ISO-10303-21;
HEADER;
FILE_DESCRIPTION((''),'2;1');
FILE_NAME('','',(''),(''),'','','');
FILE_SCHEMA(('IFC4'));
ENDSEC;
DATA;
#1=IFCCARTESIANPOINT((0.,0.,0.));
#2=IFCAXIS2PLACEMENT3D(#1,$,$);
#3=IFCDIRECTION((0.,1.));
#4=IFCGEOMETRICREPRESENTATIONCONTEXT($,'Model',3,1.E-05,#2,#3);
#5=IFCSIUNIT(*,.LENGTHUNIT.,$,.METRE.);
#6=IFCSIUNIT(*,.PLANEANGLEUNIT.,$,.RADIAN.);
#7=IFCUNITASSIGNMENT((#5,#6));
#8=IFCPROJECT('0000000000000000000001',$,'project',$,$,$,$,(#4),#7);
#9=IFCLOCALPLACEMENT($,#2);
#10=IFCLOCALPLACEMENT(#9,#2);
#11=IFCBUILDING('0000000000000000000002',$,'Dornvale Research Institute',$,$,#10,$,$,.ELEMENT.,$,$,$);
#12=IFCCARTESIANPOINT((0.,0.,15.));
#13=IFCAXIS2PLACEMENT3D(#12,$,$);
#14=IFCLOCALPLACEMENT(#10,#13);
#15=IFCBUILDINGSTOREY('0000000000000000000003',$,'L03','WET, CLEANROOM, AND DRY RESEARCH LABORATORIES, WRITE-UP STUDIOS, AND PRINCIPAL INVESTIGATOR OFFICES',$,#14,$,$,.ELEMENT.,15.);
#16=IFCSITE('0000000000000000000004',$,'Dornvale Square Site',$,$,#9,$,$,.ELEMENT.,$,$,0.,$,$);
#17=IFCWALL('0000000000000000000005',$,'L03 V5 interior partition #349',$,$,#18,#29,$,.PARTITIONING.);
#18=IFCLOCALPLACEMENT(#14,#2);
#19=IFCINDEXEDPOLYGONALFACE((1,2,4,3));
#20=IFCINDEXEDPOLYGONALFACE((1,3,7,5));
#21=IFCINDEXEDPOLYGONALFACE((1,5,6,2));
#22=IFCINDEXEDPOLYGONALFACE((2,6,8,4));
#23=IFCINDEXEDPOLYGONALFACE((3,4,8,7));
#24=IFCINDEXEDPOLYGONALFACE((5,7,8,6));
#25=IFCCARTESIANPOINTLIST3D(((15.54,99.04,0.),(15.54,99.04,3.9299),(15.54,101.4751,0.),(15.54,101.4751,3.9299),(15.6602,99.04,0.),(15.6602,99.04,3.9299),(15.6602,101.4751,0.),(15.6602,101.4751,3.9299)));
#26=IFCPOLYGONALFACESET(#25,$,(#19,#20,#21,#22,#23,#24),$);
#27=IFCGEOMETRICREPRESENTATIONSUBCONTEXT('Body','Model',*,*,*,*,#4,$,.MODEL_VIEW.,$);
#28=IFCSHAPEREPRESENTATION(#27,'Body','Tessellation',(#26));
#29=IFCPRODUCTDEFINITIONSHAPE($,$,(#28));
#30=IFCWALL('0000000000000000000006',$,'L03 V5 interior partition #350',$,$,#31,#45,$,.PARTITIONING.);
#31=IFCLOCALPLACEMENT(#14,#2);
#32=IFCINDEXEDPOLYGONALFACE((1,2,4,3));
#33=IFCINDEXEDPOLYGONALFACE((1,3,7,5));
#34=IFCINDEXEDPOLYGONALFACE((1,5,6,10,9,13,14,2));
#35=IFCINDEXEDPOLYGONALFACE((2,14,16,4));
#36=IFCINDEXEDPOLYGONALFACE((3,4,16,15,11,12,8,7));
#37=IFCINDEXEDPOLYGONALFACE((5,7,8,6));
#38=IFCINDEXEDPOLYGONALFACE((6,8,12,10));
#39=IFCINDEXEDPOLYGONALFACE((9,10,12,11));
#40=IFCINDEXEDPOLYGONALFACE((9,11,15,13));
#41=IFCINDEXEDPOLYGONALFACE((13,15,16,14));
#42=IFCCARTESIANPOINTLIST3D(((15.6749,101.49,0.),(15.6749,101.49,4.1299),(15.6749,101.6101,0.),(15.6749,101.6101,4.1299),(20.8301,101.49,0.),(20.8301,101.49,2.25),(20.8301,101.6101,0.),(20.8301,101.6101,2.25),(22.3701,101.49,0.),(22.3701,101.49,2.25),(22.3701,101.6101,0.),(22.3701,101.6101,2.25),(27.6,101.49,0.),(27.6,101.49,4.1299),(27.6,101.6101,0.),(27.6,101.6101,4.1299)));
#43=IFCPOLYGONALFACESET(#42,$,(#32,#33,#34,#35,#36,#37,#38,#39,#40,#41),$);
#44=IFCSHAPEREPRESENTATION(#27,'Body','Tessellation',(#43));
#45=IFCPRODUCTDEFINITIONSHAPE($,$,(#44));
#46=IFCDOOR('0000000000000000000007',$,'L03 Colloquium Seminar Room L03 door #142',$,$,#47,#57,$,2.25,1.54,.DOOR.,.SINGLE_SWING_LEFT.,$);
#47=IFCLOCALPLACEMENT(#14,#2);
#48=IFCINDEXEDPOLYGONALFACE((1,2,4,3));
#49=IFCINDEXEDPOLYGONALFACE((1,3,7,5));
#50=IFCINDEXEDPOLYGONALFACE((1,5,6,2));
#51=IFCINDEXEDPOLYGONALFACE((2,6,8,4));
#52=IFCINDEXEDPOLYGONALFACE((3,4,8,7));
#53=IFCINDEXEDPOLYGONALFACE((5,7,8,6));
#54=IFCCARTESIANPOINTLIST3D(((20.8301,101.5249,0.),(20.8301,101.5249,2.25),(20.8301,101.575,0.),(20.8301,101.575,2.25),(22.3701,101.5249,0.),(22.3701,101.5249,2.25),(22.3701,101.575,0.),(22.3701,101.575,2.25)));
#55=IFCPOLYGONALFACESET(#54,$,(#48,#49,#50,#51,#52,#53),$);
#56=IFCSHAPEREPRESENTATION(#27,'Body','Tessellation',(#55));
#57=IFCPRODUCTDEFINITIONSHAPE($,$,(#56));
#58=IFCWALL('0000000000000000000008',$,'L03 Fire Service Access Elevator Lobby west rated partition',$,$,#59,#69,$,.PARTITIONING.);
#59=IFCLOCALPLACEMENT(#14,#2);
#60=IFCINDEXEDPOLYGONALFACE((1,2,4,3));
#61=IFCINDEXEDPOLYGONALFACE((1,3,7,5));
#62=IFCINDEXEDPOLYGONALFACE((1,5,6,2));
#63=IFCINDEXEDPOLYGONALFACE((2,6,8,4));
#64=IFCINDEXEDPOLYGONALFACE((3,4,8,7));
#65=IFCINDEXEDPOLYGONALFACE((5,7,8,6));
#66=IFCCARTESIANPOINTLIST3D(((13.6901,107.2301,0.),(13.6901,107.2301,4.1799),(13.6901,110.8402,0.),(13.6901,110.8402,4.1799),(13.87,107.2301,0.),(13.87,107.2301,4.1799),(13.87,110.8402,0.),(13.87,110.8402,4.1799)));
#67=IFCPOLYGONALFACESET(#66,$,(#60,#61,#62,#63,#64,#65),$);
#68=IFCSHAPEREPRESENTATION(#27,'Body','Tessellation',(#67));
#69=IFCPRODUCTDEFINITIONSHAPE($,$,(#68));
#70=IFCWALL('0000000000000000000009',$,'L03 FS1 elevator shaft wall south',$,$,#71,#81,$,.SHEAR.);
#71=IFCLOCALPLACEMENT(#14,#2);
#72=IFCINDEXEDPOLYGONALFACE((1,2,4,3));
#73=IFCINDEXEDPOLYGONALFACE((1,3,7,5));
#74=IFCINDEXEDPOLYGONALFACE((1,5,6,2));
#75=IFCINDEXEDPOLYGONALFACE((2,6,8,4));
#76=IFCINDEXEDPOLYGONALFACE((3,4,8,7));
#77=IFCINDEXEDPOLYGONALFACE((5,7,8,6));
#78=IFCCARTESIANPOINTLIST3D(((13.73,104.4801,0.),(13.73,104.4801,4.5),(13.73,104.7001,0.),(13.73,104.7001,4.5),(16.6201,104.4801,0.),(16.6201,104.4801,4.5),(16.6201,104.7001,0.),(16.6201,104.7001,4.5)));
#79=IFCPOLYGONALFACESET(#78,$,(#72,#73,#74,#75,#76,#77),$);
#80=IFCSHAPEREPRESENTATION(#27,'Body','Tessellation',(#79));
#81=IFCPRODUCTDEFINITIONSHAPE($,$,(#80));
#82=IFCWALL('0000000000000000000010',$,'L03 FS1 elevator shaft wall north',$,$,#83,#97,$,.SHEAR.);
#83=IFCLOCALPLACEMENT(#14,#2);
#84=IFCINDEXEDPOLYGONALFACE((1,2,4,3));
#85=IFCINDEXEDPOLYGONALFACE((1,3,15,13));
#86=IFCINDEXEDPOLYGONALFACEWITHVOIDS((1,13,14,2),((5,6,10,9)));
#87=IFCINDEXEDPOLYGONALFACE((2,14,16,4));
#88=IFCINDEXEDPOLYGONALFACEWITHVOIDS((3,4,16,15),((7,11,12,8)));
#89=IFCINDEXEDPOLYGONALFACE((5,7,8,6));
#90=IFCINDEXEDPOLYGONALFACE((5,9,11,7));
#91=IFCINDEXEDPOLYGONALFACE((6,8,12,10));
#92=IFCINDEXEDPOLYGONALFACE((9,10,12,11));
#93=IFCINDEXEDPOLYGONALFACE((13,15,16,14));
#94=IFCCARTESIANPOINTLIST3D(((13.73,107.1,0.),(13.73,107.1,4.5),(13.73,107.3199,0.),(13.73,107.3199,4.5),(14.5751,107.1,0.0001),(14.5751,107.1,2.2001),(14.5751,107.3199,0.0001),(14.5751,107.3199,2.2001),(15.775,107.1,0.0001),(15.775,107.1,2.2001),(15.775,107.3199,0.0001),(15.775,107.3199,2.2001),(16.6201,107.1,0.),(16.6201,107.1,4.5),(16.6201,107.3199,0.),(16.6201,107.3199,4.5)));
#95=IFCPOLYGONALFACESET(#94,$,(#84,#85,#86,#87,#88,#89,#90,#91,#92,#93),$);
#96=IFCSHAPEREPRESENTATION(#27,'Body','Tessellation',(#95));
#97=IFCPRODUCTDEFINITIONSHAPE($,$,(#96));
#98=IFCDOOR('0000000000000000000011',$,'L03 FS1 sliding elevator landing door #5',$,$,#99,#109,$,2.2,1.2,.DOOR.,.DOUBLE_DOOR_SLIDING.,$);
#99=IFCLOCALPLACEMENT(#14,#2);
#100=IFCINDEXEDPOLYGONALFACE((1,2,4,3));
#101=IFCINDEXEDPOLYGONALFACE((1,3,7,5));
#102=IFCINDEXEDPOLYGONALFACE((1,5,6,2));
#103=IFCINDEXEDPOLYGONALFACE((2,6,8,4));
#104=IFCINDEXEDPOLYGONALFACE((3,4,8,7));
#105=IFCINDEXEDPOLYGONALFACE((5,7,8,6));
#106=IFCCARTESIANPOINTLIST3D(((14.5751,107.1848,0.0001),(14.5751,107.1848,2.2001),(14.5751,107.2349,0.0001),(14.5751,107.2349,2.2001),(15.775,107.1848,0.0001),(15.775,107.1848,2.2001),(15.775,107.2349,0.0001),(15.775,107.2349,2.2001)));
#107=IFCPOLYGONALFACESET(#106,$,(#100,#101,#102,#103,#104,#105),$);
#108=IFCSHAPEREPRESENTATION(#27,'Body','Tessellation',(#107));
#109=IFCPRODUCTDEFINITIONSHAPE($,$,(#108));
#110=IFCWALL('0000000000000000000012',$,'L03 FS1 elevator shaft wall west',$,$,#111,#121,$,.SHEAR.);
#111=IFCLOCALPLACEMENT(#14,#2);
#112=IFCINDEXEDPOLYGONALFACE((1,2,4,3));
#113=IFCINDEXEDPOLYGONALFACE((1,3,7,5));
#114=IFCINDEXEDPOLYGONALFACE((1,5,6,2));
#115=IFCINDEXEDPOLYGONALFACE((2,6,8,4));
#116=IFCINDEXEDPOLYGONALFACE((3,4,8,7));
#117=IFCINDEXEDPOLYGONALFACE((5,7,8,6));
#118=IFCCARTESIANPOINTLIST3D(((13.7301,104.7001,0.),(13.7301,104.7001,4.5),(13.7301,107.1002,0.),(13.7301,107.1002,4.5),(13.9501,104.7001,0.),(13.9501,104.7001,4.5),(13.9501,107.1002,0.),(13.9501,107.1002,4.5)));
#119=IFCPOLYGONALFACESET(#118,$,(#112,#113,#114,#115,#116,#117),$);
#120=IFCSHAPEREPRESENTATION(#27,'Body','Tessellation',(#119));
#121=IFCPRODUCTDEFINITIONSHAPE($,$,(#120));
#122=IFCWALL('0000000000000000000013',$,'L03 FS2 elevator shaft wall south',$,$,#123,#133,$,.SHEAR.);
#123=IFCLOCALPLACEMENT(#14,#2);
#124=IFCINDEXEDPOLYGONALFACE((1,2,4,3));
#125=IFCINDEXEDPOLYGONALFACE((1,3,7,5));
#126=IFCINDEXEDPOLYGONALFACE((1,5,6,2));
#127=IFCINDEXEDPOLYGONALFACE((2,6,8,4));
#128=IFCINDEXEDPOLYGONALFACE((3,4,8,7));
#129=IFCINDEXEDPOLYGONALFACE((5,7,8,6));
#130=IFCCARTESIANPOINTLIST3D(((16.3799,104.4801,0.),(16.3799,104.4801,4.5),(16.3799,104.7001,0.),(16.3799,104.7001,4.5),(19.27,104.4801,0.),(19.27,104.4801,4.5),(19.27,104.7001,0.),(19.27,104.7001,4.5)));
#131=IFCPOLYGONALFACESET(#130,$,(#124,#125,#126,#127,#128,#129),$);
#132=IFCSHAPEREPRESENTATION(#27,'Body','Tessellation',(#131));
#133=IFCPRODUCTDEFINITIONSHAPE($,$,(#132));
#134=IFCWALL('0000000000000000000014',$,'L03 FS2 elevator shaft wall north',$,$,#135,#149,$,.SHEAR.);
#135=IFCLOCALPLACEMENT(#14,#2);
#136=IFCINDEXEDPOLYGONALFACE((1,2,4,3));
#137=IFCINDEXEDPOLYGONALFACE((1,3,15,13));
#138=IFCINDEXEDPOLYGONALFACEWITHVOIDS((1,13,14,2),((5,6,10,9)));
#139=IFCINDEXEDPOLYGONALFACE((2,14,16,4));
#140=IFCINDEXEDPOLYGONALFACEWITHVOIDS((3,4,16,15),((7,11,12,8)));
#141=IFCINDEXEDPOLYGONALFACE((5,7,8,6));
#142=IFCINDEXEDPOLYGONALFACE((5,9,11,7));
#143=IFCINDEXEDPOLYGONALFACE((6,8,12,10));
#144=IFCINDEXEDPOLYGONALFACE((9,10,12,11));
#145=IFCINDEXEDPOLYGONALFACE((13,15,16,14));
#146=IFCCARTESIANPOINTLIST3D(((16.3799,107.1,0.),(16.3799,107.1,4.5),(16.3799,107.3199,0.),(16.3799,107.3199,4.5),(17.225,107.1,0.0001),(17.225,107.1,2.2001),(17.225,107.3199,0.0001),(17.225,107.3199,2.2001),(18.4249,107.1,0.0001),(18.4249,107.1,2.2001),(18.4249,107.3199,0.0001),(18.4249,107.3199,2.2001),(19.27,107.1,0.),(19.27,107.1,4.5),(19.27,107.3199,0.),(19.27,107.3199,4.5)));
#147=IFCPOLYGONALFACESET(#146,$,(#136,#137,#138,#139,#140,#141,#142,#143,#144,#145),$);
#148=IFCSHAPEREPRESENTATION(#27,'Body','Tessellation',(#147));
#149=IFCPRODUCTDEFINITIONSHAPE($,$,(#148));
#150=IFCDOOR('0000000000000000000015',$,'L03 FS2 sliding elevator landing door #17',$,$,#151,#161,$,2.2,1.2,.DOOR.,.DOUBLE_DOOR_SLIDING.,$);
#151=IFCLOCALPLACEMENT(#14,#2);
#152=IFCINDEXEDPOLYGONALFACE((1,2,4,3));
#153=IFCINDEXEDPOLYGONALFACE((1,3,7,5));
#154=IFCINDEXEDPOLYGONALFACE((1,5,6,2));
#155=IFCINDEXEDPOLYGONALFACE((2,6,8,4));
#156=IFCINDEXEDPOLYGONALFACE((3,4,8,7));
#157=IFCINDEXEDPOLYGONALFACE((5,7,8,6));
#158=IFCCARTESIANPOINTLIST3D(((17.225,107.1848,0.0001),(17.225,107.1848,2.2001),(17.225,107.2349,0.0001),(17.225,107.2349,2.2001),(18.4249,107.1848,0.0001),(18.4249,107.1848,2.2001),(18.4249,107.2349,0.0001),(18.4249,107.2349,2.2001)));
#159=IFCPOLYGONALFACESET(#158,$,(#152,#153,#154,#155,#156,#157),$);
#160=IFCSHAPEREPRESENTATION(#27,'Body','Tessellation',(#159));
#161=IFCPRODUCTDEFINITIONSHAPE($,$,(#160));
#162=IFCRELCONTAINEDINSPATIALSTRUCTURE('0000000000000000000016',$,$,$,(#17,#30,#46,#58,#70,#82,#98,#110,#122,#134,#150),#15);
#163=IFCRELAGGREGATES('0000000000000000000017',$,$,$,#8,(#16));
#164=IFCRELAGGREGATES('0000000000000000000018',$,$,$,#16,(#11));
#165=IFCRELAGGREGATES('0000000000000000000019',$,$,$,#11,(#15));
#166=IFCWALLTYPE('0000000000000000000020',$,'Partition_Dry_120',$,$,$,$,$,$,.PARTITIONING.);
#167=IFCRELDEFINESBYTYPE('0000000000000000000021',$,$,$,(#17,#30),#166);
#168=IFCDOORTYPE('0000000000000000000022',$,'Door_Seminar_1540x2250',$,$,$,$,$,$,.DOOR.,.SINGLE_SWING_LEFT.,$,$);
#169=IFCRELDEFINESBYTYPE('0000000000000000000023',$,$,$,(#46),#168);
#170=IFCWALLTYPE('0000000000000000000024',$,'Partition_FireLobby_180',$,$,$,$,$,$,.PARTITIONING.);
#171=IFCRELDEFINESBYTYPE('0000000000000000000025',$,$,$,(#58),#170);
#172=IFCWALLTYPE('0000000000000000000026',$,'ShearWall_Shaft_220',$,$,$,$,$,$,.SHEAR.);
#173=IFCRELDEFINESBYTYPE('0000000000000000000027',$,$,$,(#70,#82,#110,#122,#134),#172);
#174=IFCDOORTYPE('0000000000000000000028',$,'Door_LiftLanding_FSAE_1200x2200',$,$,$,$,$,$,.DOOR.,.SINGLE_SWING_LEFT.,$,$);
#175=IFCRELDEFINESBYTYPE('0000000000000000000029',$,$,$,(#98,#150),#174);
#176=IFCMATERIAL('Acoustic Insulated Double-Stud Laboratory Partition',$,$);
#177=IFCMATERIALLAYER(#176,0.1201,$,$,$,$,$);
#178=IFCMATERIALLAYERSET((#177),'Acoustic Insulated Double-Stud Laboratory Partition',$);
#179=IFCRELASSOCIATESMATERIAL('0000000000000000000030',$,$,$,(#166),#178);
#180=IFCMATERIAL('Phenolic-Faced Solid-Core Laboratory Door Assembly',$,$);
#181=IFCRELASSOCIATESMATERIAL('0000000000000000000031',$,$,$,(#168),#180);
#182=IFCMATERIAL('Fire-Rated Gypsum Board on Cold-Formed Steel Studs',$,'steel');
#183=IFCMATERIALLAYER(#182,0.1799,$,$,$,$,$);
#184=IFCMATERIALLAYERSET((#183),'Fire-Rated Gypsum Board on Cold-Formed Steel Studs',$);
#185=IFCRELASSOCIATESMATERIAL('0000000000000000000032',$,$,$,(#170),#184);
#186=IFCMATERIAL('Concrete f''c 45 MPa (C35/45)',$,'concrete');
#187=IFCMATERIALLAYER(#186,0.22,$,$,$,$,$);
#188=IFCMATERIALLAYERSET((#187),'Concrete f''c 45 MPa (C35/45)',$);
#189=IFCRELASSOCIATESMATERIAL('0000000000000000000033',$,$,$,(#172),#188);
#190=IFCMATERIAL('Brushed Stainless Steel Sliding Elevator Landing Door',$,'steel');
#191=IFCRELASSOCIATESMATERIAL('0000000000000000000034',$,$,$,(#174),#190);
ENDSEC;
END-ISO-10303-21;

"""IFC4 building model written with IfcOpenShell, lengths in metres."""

from ifc_helpers import new_model, si_unit, direction, frame, frame_2d, origin, place, context, subcontext, project, spatial, rectangle, extrude, material, layer, layer_set, type_object, element, fill, save


model = new_model("IFC4")

# Units and contexts
model_context = context("Model", 3, precision=1e-05, world=origin(), true_north=direction((0.0, 1.0)))
body_context = subcontext(model_context, "Body", "Model", "MODEL_VIEW")
ifc_project = project(units=[si_unit("LENGTHUNIT", "METRE"), si_unit("PLANEANGLEUNIT", "RADIAN")], contexts=[model_context])

# Site, building, storey
site_placement = place(None, origin())
site = spatial("IfcSite", under=ifc_project, at=site_placement, Name="Dornvale Square Site", CompositionType="ELEMENT", RefElevation=0.0)
building_placement = place(site_placement, origin())
building = spatial("IfcBuilding", under=site, at=building_placement, Name="Dornvale Research Institute", CompositionType="ELEMENT")
storey_placement = place(building_placement, frame((0.0, 0.0, 15.0)))
storey = spatial("IfcBuildingStorey", under=building, at=storey_placement, Name="L03", Description="WET, CLEANROOM, AND DRY RESEARCH LABORATORIES, WRITE-UP STUDIOS, AND PRINCIPAL INVESTIGATOR OFFICES", CompositionType="ELEMENT", Elevation=15.0)

# Wall
ifc_material_1 = material(Name="Acoustic Insulated Double-Stud Laboratory Partition")
ifc_layer_1 = layer(ifc_material_1, 0.1201)
ifc_layer_set_1 = layer_set([ifc_layer_1], Name="Acoustic Insulated Double-Stud Laboratory Partition")
wall_type_1 = type_object("IfcWallType", Name="Partition_Dry_120", PredefinedType="PARTITIONING", material=ifc_layer_set_1)
wall_1_placement = place(storey_placement, frame((15.6001, 99.04, 0.0), z_axis=(0.0, 0.0, 1.0), x_axis=(0.0, 1.0, 0.0)))
element("IfcWall", 1, at=wall_1_placement, inside=storey, type_object=wall_type_1, Name="L03 V5 interior partition #349", PredefinedType="PARTITIONING", context=body_context, shape_type="SweptSolid", body=[
    extrude(rectangle(XDim=2.4351, YDim=0.1201, at=frame_2d((1.2175, 0.0))), origin(), (0.0, 0.0, 1.0), 3.9299),
])

# Wall, opening, door
wall_2_placement = place(storey_placement, frame((15.675, 101.55, 0.0), z_axis=(0.0, 0.0, 1.0), x_axis=(1.0, 0.0, 0.0)))
wall_2 = element("IfcWall", 2, at=wall_2_placement, inside=storey, type_object=wall_type_1, Name="L03 V5 interior partition #350", PredefinedType="PARTITIONING", context=body_context, shape_type="SweptSolid", body=[
    extrude(rectangle(XDim=11.925, YDim=0.1201, at=frame_2d((5.9624, 0.0))), origin(), (0.0, 0.0, 1.0), 4.1299),
])
opening_1_placement = place(wall_2_placement, frame((5.155, 0.0, 0.0)))
opening_1 = element("IfcOpeningElement", 3, at=opening_1_placement, cuts=wall_2, PredefinedType="OPENING", context=body_context, shape_type="SweptSolid", body=[
    extrude(rectangle(XDim=1.54, YDim=2.25, at=frame_2d((0.77, 1.125))), frame((0.0, 0.075, 0.0), z_axis=(0.0, -1.0, 0.0), x_axis=(1.0, 0.0, 0.0)), (0.0, 0.0, 1.0), 0.1501),
])
ifc_material_2 = material(Name="Phenolic-Faced Solid-Core Laboratory Door Assembly")
door_type_1 = type_object("IfcDoorType", Name="Door_Seminar_1540x2250", OperationType="SINGLE_SWING_LEFT", PredefinedType="DOOR", material=ifc_material_2)
door_1_placement = place(opening_1_placement, origin())
door_1 = element("IfcDoor", 4, at=door_1_placement, inside=storey, type_object=door_type_1, Name="L03 Colloquium Seminar Room L03 door #142", OperationType="SINGLE_SWING_LEFT", OverallHeight=2.25, OverallWidth=1.54, PredefinedType="DOOR", context=body_context, shape_type="SweptSolid", body=[
    extrude(rectangle(XDim=1.54, YDim=2.25, at=frame_2d((0.77, 1.125))), frame((0.0, 0.0249, 0.0), z_axis=(0.0, -1.0, 0.0), x_axis=(1.0, 0.0, 0.0)), (0.0, 0.0, 1.0), 0.05),
])
fill(opening_1, door_1)

# Walls
ifc_material_3 = material(Name="Fire-Rated Gypsum Board on Cold-Formed Steel Studs", Category="steel")
ifc_layer_2 = layer(ifc_material_3, 0.1799)
ifc_layer_set_2 = layer_set([ifc_layer_2], Name="Fire-Rated Gypsum Board on Cold-Formed Steel Studs")
wall_type_2 = type_object("IfcWallType", Name="Partition_FireLobby_180", PredefinedType="PARTITIONING", material=ifc_layer_set_2)
wall_3_placement = place(storey_placement, frame((13.78, 107.23, 0.0), z_axis=(0.0, 0.0, 1.0), x_axis=(0.0, 1.0, 0.0)))
element("IfcWall", 5, at=wall_3_placement, inside=storey, type_object=wall_type_2, Name="L03 Fire Service Access Elevator Lobby west rated partition", PredefinedType="PARTITIONING", context=body_context, shape_type="SweptSolid", body=[
    extrude(rectangle(XDim=3.6101, YDim=0.1799, at=frame_2d((1.8052, 0.0))), origin(), (0.0, 0.0, 1.0), 4.1799),
])
ifc_material_4 = material(Name="Concrete f'c 45 MPa (C35/45)", Category="concrete")
ifc_layer_3 = layer(ifc_material_4, 0.22)
ifc_layer_set_3 = layer_set([ifc_layer_3], Name="Concrete f'c 45 MPa (C35/45)")
wall_type_3 = type_object("IfcWallType", Name="ShearWall_Shaft_220", PredefinedType="SHEAR", material=ifc_layer_set_3)
wall_4_placement = place(storey_placement, frame((13.73, 104.5901, 0.0), z_axis=(0.0, 0.0, 1.0), x_axis=(1.0, 0.0, 0.0)))
element("IfcWall", 6, at=wall_4_placement, inside=storey, type_object=wall_type_3, Name="L03 FS1 elevator shaft wall south", PredefinedType="SHEAR", context=body_context, shape_type="SweptSolid", body=[
    extrude(rectangle(XDim=2.8901, YDim=0.22, at=frame_2d((1.4451, 0.0))), origin(), (0.0, 0.0, 1.0), 4.5),
])

# Wall, opening, door
wall_5_placement = place(storey_placement, frame((13.73, 107.21, 0.0), z_axis=(0.0, 0.0, 1.0), x_axis=(1.0, 0.0, 0.0)))
wall_5 = element("IfcWall", 7, at=wall_5_placement, inside=storey, type_object=wall_type_3, Name="L03 FS1 elevator shaft wall north", PredefinedType="SHEAR", context=body_context, shape_type="SweptSolid", body=[
    extrude(rectangle(XDim=2.8901, YDim=0.22, at=frame_2d((1.4451, 0.0))), origin(), (0.0, 0.0, 1.0), 4.5),
])
opening_2_placement = place(wall_5_placement, frame((0.845, 0.0, 0.0)))
opening_2 = element("IfcOpeningElement", 8, at=opening_2_placement, cuts=wall_5, PredefinedType="OPENING", context=body_context, shape_type="SweptSolid", body=[
    extrude(rectangle(XDim=1.2, YDim=2.2, at=frame_2d((0.6001, 1.1001))), frame((0.0, 0.125, 0.0), z_axis=(0.0, -1.0, 0.0), x_axis=(1.0, 0.0, 0.0)), (0.0, 0.0, 1.0), 0.25),
])
ifc_material_5 = material(Name="Brushed Stainless Steel Sliding Elevator Landing Door", Category="steel")
door_type_2 = type_object("IfcDoorType", Name="Door_LiftLanding_FSAE_1200x2200", OperationType="SINGLE_SWING_LEFT", PredefinedType="DOOR", material=ifc_material_5)
door_2_placement = place(opening_2_placement, origin())
door_2 = element("IfcDoor", 9, at=door_2_placement, inside=storey, type_object=door_type_2, Name="L03 FS1 sliding elevator landing door #5", OperationType="DOUBLE_DOOR_SLIDING", OverallHeight=2.2, OverallWidth=1.2, PredefinedType="DOOR", context=body_context, shape_type="SweptSolid", body=[
    extrude(rectangle(XDim=1.2, YDim=2.2, at=frame_2d((0.6001, 1.1001))), frame((0.0, 0.0249, 0.0), z_axis=(0.0, -1.0, 0.0), x_axis=(1.0, 0.0, 0.0)), (0.0, 0.0, 1.0), 0.05),
])
fill(opening_2, door_2)

# Walls
wall_6_placement = place(storey_placement, frame((13.8401, 104.7, 0.0), z_axis=(0.0, 0.0, 1.0), x_axis=(0.0, 1.0, 0.0)))
element("IfcWall", 10, at=wall_6_placement, inside=storey, type_object=wall_type_3, Name="L03 FS1 elevator shaft wall west", PredefinedType="SHEAR", context=body_context, shape_type="SweptSolid", body=[
    extrude(rectangle(XDim=2.4001, YDim=0.22, at=frame_2d((1.2002, 0.0))), origin(), (0.0, 0.0, 1.0), 4.5),
])
wall_7_placement = place(storey_placement, frame((16.3799, 104.5901, 0.0), z_axis=(0.0, 0.0, 1.0), x_axis=(1.0, 0.0, 0.0)))
element("IfcWall", 11, at=wall_7_placement, inside=storey, type_object=wall_type_3, Name="L03 FS2 elevator shaft wall south", PredefinedType="SHEAR", context=body_context, shape_type="SweptSolid", body=[
    extrude(rectangle(XDim=2.8901, YDim=0.22, at=frame_2d((1.4451, 0.0))), origin(), (0.0, 0.0, 1.0), 4.5),
])

# Wall, opening, door
wall_8_placement = place(storey_placement, frame((16.3799, 107.21, 0.0), z_axis=(0.0, 0.0, 1.0), x_axis=(1.0, 0.0, 0.0)))
wall_8 = element("IfcWall", 12, at=wall_8_placement, inside=storey, type_object=wall_type_3, Name="L03 FS2 elevator shaft wall north", PredefinedType="SHEAR", context=body_context, shape_type="SweptSolid", body=[
    extrude(rectangle(XDim=2.8901, YDim=0.22, at=frame_2d((1.4451, 0.0))), origin(), (0.0, 0.0, 1.0), 4.5),
])
opening_3_placement = place(wall_8_placement, frame((0.845, 0.0, 0.0)))
opening_3 = element("IfcOpeningElement", 13, at=opening_3_placement, cuts=wall_8, PredefinedType="OPENING", context=body_context, shape_type="SweptSolid", body=[
    extrude(rectangle(XDim=1.2, YDim=2.2, at=frame_2d((0.6001, 1.1001))), frame((0.0, 0.125, 0.0), z_axis=(0.0, -1.0, 0.0), x_axis=(1.0, 0.0, 0.0)), (0.0, 0.0, 1.0), 0.25),
])
door_3_placement = place(opening_3_placement, origin())
door_3 = element("IfcDoor", 14, at=door_3_placement, inside=storey, type_object=door_type_2, Name="L03 FS2 sliding elevator landing door #17", OperationType="DOUBLE_DOOR_SLIDING", OverallHeight=2.2, OverallWidth=1.2, PredefinedType="DOOR", context=body_context, shape_type="SweptSolid", body=[
    extrude(rectangle(XDim=1.2, YDim=2.2, at=frame_2d((0.6001, 1.1001))), frame((0.0, 0.0249, 0.0), z_axis=(0.0, -1.0, 0.0), x_axis=(1.0, 0.0, 0.0)), (0.0, 0.0, 1.0), 0.05),
])
fill(opening_3, door_3)

save(model, "model.ifc")
